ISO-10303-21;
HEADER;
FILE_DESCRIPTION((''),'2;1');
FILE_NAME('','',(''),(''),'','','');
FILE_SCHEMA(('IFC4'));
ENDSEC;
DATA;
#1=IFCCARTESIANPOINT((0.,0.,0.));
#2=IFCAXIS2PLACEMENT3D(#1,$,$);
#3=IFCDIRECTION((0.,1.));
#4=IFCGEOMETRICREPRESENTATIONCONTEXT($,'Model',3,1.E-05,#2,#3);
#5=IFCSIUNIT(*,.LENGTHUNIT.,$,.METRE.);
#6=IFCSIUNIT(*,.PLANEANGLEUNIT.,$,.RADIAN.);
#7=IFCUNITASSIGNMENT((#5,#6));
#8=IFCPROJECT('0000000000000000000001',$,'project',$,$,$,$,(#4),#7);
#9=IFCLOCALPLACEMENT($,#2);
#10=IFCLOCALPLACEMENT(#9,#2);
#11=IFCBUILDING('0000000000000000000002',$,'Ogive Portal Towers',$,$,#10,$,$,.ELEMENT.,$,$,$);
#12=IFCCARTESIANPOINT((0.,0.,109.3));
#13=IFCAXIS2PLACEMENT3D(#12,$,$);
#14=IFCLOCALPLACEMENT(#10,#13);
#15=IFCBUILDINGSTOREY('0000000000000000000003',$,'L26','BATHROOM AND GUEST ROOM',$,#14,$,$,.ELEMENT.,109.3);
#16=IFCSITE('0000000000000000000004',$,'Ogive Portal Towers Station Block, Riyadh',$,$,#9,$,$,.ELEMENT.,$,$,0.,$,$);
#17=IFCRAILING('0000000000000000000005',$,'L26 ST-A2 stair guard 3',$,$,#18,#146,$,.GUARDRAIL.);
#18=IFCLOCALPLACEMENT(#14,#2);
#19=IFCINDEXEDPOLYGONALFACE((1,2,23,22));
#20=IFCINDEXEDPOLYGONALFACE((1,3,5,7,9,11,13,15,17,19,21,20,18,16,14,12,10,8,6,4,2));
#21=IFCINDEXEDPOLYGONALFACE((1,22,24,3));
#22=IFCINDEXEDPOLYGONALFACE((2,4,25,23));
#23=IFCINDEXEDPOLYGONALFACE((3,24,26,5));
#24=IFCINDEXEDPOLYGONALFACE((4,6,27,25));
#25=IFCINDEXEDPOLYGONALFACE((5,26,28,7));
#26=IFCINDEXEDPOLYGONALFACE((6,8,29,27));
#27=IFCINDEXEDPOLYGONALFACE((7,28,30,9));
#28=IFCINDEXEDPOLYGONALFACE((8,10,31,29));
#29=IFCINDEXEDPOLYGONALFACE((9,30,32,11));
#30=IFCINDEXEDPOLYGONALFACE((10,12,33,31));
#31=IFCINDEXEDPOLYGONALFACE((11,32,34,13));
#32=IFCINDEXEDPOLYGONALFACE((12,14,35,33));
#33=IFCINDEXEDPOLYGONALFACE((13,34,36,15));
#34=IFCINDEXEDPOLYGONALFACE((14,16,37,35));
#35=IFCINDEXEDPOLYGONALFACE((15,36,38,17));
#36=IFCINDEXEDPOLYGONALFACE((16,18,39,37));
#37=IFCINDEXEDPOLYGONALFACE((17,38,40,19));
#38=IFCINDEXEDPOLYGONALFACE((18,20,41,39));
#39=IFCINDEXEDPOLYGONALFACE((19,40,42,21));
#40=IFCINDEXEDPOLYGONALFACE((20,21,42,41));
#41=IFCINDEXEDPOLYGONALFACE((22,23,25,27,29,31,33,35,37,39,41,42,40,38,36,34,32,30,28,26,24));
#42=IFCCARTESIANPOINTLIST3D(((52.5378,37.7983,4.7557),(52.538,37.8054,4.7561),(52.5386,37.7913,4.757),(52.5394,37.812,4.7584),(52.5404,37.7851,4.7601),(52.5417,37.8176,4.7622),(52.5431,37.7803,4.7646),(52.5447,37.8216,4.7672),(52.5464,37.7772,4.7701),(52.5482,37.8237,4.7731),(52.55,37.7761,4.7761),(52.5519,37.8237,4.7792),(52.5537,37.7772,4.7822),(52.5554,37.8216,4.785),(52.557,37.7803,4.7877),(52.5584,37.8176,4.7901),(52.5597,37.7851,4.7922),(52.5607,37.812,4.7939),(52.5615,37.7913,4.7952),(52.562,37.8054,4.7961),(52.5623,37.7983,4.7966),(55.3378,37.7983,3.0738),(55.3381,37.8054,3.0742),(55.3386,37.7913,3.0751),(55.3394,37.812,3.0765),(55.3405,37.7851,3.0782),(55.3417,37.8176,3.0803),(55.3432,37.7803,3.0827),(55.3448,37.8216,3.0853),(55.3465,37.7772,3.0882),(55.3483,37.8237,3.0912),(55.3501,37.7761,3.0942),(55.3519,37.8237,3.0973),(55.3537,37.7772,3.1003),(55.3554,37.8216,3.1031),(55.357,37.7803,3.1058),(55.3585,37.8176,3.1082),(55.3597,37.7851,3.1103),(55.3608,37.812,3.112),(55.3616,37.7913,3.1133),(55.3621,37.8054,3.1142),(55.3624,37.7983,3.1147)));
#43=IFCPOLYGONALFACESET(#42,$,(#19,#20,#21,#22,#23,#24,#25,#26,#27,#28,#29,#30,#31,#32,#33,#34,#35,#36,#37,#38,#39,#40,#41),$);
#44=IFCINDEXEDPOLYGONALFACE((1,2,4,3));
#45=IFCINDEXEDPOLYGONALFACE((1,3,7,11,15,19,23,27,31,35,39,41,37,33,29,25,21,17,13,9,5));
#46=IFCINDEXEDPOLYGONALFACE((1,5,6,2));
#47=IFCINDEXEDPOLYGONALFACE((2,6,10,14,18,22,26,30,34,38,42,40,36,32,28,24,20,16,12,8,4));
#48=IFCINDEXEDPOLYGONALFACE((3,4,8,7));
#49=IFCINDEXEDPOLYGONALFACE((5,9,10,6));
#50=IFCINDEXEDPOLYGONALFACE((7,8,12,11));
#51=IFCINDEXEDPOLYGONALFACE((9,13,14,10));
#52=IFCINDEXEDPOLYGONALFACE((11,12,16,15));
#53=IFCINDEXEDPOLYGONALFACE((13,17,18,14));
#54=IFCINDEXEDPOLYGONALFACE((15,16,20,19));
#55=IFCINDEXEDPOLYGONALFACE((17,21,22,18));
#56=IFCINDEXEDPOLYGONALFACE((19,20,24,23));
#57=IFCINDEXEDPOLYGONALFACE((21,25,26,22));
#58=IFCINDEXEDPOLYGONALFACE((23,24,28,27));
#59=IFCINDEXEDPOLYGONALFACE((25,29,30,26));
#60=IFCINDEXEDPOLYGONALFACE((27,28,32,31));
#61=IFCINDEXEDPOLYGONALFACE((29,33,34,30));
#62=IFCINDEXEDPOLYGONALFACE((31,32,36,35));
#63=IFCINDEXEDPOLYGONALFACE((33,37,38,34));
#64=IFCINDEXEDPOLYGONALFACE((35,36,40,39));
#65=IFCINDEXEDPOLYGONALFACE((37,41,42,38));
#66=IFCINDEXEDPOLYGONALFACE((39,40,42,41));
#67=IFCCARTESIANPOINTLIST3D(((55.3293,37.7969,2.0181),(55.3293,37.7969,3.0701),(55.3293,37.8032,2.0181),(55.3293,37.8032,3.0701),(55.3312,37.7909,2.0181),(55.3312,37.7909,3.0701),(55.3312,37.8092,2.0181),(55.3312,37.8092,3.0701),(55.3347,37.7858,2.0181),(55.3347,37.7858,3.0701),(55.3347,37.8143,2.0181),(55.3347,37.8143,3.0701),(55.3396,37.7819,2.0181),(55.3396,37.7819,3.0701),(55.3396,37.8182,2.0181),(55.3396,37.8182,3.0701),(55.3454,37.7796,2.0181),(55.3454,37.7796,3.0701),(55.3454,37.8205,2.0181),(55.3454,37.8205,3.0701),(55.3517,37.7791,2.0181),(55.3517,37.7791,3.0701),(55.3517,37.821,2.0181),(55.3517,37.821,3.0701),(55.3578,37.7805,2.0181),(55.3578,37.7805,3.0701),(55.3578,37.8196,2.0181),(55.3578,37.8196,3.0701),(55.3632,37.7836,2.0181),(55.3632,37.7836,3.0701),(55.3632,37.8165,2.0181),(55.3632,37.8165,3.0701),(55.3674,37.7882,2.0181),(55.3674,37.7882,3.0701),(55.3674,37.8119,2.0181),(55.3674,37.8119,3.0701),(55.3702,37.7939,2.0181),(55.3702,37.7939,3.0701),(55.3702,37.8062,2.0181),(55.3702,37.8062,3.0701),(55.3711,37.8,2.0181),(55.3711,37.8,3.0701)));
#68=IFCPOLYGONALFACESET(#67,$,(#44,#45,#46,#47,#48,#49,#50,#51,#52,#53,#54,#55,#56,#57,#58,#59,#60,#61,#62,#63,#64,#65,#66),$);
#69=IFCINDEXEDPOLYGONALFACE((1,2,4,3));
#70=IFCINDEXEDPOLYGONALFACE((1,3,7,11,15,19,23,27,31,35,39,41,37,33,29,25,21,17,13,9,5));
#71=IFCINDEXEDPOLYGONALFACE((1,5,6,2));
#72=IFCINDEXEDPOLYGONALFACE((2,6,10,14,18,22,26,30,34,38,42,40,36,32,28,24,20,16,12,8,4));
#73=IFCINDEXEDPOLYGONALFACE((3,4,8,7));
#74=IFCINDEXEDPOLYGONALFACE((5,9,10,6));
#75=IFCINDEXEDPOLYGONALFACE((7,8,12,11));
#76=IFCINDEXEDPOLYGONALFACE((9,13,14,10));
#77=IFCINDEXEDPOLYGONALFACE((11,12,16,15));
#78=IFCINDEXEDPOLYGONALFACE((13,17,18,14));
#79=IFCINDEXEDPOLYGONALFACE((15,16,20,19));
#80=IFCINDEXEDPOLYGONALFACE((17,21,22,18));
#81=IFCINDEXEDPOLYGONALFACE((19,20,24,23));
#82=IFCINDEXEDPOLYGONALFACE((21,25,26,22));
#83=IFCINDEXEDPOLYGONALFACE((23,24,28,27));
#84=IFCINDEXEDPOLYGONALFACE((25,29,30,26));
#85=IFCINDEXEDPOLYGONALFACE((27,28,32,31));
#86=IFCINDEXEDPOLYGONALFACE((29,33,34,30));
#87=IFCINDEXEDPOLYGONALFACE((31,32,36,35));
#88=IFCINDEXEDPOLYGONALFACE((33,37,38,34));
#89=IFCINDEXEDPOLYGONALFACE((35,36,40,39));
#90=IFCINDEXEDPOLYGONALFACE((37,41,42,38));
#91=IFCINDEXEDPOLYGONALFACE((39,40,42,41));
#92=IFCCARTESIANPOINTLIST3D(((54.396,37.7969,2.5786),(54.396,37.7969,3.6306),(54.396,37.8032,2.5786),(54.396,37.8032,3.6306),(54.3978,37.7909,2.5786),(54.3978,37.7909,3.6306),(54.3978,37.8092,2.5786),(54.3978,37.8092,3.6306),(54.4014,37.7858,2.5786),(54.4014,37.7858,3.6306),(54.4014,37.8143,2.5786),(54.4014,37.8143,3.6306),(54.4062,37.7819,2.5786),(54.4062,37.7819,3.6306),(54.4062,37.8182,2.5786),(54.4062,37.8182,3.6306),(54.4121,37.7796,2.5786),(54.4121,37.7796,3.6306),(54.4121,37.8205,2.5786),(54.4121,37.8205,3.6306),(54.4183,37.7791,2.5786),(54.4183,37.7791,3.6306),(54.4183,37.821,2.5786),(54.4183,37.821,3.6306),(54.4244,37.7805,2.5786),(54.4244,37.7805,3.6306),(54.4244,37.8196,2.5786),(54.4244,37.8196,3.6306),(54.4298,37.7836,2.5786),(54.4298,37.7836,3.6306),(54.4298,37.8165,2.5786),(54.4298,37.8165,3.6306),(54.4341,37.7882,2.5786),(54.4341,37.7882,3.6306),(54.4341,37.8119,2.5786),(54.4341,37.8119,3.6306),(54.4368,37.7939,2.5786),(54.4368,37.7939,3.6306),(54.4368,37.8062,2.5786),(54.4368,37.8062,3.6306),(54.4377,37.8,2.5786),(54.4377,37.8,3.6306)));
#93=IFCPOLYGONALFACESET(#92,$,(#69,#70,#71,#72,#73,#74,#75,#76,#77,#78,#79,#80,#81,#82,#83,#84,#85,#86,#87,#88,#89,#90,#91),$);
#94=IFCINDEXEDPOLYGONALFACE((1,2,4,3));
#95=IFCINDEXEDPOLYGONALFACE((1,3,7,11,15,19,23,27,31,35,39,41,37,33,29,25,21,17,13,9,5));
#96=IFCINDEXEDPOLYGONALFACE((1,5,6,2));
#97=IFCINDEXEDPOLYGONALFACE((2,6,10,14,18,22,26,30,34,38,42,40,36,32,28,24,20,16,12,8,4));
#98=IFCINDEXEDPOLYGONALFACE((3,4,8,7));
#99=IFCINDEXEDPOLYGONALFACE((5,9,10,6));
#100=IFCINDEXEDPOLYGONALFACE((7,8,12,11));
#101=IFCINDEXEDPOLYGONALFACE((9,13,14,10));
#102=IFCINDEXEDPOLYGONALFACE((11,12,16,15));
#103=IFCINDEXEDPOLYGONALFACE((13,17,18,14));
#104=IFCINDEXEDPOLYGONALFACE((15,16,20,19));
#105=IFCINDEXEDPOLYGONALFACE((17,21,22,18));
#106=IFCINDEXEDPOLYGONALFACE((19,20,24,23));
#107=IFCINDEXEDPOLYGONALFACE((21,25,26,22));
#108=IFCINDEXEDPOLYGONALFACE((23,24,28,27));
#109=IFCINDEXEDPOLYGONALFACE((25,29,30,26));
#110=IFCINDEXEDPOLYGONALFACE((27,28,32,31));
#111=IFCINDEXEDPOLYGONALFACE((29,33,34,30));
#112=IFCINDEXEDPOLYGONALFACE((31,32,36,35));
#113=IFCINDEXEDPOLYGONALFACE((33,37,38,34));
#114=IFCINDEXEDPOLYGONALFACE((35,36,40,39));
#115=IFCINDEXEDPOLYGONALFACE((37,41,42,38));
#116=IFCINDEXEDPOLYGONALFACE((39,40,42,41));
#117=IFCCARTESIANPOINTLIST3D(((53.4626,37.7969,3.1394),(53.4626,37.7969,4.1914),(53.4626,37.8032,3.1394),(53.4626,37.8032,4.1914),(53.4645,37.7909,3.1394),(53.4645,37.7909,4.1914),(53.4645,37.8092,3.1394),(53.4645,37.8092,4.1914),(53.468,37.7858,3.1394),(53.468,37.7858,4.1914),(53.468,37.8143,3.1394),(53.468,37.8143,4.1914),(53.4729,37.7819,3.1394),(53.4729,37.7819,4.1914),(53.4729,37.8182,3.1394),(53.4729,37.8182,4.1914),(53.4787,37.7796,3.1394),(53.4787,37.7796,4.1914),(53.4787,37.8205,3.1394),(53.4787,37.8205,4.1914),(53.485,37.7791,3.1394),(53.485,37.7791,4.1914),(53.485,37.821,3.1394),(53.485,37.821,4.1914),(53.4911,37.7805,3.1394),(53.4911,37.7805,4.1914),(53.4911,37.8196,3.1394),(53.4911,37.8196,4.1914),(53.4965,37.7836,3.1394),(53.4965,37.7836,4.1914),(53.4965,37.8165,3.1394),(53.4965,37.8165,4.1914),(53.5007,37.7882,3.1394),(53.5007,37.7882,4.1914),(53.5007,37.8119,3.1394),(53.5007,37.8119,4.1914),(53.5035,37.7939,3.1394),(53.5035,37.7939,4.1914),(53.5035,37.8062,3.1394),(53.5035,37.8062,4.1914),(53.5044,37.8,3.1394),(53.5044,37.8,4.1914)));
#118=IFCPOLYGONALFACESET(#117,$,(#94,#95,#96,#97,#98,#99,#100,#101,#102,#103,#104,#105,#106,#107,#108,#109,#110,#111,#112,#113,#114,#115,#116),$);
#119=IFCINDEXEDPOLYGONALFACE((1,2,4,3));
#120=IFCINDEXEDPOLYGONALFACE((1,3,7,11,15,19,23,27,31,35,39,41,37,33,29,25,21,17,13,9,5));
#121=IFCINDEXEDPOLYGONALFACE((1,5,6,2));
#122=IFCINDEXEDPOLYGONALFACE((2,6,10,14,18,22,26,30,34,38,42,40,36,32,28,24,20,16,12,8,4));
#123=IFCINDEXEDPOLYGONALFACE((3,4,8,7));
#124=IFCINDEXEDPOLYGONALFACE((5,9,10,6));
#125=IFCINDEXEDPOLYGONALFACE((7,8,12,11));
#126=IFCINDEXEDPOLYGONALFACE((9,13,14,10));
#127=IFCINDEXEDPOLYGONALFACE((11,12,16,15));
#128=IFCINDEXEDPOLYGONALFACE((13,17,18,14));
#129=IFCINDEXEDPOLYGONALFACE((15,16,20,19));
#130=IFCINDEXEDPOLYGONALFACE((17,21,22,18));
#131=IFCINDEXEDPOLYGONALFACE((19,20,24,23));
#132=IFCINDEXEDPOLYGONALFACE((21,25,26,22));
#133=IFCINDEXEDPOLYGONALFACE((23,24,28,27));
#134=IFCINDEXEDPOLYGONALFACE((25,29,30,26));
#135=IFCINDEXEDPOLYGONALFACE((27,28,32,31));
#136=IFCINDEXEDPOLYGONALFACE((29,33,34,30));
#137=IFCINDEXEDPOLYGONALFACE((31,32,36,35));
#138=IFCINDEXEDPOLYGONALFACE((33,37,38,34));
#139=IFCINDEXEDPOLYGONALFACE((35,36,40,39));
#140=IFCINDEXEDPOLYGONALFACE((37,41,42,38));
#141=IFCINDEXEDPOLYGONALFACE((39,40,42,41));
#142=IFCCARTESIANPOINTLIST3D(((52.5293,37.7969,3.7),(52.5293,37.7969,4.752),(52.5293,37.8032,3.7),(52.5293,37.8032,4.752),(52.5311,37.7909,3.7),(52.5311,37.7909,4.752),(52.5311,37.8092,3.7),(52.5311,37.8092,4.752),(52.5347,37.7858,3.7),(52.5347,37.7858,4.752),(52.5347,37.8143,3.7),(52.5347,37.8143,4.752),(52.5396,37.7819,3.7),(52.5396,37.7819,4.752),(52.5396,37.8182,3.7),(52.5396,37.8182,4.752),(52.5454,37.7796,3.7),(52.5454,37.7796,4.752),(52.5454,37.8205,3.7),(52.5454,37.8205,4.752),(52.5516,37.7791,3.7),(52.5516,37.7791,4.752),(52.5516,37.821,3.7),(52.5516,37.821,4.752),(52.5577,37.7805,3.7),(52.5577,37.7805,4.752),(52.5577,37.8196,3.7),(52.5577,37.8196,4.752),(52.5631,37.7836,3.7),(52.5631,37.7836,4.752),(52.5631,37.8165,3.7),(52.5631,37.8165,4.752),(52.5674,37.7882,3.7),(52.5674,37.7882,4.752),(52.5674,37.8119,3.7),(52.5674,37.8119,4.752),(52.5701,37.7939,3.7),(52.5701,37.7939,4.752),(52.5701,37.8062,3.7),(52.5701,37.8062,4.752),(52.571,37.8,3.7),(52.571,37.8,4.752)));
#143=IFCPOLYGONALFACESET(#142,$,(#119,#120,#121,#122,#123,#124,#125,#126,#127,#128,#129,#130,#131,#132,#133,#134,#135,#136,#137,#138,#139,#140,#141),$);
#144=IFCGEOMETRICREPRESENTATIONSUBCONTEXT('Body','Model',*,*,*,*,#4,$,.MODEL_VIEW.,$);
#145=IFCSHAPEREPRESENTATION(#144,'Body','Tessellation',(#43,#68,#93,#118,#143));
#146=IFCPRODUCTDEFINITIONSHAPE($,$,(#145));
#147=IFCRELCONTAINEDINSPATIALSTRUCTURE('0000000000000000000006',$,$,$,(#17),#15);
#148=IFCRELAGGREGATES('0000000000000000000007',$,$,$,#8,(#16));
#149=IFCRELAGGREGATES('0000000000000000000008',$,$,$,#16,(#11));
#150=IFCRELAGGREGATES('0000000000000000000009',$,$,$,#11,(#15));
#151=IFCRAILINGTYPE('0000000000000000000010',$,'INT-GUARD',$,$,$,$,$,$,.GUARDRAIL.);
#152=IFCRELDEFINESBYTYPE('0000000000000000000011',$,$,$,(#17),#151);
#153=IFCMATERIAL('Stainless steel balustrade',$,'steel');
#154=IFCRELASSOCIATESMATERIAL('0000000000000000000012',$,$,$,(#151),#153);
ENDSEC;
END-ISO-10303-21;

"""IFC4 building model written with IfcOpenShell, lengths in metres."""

from ifc_helpers import new_model, si_unit, direction, frame, origin, origin_2d, place, context, subcontext, project, spatial, circle, extrude, material, type_object, element, save


model = new_model("IFC4")

# Units and contexts
model_context = context("Model", 3, precision=1e-05, world=origin(), true_north=direction((0.0, 1.0)))
body_context = subcontext(model_context, "Body", "Model", "MODEL_VIEW")
ifc_project = project(units=[si_unit("LENGTHUNIT", "METRE"), si_unit("PLANEANGLEUNIT", "RADIAN")], contexts=[model_context])

# Site, building, storey
site_placement = place(None, origin())
site = spatial("IfcSite", under=ifc_project, at=site_placement, Name="Ogive Portal Towers Station Block, Riyadh", CompositionType="ELEMENT", RefElevation=0.0)
building_placement = place(site_placement, origin())
building = spatial("IfcBuilding", under=site, at=building_placement, Name="Ogive Portal Towers", CompositionType="ELEMENT")
storey_placement = place(building_placement, frame((0.0, 0.0, 109.3)))
storey = spatial("IfcBuildingStorey", under=building, at=storey_placement, Name="L26", Description="BATHROOM AND GUEST ROOM", CompositionType="ELEMENT", Elevation=109.3)

# Railing
ifc_material_1 = material(Name="Stainless steel balustrade", Category="steel")
railing_type_1 = type_object("IfcRailingType", Name="INT-GUARD", PredefinedType="GUARDRAIL", material=ifc_material_1)
railing_1_placement = place(storey_placement, frame((55.3501, 37.8, 2.0181)))
element("IfcRailing", 1, at=railing_1_placement, inside=storey, type_object=railing_type_1, Name="L26 ST-A2 stair guard 3", PredefinedType="GUARDRAIL", context=body_context, shape_type="SweptSolid", body=[
    extrude(circle(Radius=0.0239, at=origin_2d()), frame((0.0, 0.0, 1.0762), z_axis=(-0.857242, 0.0, 0.514913), x_axis=(0.0, -1.0, 0.0)), (0.0, 0.0, 1.0), 3.2664),
    extrude(circle(Radius=0.021, at=origin_2d()), origin(), (0.0, 0.0, 1.0), 1.052),
    extrude(circle(Radius=0.021, at=origin_2d()), frame((-0.9333, 0.0, 0.5605)), (0.0, 0.0, 1.0), 1.052),
    extrude(circle(Radius=0.021, at=origin_2d()), frame((-1.8667, 0.0, 1.1213)), (0.0, 0.0, 1.0), 1.052),
    extrude(circle(Radius=0.021, at=origin_2d()), frame((-2.8, 0.0, 1.6819)), (0.0, 0.0, 1.0), 1.052),
])

save(model, "model.ifc")
